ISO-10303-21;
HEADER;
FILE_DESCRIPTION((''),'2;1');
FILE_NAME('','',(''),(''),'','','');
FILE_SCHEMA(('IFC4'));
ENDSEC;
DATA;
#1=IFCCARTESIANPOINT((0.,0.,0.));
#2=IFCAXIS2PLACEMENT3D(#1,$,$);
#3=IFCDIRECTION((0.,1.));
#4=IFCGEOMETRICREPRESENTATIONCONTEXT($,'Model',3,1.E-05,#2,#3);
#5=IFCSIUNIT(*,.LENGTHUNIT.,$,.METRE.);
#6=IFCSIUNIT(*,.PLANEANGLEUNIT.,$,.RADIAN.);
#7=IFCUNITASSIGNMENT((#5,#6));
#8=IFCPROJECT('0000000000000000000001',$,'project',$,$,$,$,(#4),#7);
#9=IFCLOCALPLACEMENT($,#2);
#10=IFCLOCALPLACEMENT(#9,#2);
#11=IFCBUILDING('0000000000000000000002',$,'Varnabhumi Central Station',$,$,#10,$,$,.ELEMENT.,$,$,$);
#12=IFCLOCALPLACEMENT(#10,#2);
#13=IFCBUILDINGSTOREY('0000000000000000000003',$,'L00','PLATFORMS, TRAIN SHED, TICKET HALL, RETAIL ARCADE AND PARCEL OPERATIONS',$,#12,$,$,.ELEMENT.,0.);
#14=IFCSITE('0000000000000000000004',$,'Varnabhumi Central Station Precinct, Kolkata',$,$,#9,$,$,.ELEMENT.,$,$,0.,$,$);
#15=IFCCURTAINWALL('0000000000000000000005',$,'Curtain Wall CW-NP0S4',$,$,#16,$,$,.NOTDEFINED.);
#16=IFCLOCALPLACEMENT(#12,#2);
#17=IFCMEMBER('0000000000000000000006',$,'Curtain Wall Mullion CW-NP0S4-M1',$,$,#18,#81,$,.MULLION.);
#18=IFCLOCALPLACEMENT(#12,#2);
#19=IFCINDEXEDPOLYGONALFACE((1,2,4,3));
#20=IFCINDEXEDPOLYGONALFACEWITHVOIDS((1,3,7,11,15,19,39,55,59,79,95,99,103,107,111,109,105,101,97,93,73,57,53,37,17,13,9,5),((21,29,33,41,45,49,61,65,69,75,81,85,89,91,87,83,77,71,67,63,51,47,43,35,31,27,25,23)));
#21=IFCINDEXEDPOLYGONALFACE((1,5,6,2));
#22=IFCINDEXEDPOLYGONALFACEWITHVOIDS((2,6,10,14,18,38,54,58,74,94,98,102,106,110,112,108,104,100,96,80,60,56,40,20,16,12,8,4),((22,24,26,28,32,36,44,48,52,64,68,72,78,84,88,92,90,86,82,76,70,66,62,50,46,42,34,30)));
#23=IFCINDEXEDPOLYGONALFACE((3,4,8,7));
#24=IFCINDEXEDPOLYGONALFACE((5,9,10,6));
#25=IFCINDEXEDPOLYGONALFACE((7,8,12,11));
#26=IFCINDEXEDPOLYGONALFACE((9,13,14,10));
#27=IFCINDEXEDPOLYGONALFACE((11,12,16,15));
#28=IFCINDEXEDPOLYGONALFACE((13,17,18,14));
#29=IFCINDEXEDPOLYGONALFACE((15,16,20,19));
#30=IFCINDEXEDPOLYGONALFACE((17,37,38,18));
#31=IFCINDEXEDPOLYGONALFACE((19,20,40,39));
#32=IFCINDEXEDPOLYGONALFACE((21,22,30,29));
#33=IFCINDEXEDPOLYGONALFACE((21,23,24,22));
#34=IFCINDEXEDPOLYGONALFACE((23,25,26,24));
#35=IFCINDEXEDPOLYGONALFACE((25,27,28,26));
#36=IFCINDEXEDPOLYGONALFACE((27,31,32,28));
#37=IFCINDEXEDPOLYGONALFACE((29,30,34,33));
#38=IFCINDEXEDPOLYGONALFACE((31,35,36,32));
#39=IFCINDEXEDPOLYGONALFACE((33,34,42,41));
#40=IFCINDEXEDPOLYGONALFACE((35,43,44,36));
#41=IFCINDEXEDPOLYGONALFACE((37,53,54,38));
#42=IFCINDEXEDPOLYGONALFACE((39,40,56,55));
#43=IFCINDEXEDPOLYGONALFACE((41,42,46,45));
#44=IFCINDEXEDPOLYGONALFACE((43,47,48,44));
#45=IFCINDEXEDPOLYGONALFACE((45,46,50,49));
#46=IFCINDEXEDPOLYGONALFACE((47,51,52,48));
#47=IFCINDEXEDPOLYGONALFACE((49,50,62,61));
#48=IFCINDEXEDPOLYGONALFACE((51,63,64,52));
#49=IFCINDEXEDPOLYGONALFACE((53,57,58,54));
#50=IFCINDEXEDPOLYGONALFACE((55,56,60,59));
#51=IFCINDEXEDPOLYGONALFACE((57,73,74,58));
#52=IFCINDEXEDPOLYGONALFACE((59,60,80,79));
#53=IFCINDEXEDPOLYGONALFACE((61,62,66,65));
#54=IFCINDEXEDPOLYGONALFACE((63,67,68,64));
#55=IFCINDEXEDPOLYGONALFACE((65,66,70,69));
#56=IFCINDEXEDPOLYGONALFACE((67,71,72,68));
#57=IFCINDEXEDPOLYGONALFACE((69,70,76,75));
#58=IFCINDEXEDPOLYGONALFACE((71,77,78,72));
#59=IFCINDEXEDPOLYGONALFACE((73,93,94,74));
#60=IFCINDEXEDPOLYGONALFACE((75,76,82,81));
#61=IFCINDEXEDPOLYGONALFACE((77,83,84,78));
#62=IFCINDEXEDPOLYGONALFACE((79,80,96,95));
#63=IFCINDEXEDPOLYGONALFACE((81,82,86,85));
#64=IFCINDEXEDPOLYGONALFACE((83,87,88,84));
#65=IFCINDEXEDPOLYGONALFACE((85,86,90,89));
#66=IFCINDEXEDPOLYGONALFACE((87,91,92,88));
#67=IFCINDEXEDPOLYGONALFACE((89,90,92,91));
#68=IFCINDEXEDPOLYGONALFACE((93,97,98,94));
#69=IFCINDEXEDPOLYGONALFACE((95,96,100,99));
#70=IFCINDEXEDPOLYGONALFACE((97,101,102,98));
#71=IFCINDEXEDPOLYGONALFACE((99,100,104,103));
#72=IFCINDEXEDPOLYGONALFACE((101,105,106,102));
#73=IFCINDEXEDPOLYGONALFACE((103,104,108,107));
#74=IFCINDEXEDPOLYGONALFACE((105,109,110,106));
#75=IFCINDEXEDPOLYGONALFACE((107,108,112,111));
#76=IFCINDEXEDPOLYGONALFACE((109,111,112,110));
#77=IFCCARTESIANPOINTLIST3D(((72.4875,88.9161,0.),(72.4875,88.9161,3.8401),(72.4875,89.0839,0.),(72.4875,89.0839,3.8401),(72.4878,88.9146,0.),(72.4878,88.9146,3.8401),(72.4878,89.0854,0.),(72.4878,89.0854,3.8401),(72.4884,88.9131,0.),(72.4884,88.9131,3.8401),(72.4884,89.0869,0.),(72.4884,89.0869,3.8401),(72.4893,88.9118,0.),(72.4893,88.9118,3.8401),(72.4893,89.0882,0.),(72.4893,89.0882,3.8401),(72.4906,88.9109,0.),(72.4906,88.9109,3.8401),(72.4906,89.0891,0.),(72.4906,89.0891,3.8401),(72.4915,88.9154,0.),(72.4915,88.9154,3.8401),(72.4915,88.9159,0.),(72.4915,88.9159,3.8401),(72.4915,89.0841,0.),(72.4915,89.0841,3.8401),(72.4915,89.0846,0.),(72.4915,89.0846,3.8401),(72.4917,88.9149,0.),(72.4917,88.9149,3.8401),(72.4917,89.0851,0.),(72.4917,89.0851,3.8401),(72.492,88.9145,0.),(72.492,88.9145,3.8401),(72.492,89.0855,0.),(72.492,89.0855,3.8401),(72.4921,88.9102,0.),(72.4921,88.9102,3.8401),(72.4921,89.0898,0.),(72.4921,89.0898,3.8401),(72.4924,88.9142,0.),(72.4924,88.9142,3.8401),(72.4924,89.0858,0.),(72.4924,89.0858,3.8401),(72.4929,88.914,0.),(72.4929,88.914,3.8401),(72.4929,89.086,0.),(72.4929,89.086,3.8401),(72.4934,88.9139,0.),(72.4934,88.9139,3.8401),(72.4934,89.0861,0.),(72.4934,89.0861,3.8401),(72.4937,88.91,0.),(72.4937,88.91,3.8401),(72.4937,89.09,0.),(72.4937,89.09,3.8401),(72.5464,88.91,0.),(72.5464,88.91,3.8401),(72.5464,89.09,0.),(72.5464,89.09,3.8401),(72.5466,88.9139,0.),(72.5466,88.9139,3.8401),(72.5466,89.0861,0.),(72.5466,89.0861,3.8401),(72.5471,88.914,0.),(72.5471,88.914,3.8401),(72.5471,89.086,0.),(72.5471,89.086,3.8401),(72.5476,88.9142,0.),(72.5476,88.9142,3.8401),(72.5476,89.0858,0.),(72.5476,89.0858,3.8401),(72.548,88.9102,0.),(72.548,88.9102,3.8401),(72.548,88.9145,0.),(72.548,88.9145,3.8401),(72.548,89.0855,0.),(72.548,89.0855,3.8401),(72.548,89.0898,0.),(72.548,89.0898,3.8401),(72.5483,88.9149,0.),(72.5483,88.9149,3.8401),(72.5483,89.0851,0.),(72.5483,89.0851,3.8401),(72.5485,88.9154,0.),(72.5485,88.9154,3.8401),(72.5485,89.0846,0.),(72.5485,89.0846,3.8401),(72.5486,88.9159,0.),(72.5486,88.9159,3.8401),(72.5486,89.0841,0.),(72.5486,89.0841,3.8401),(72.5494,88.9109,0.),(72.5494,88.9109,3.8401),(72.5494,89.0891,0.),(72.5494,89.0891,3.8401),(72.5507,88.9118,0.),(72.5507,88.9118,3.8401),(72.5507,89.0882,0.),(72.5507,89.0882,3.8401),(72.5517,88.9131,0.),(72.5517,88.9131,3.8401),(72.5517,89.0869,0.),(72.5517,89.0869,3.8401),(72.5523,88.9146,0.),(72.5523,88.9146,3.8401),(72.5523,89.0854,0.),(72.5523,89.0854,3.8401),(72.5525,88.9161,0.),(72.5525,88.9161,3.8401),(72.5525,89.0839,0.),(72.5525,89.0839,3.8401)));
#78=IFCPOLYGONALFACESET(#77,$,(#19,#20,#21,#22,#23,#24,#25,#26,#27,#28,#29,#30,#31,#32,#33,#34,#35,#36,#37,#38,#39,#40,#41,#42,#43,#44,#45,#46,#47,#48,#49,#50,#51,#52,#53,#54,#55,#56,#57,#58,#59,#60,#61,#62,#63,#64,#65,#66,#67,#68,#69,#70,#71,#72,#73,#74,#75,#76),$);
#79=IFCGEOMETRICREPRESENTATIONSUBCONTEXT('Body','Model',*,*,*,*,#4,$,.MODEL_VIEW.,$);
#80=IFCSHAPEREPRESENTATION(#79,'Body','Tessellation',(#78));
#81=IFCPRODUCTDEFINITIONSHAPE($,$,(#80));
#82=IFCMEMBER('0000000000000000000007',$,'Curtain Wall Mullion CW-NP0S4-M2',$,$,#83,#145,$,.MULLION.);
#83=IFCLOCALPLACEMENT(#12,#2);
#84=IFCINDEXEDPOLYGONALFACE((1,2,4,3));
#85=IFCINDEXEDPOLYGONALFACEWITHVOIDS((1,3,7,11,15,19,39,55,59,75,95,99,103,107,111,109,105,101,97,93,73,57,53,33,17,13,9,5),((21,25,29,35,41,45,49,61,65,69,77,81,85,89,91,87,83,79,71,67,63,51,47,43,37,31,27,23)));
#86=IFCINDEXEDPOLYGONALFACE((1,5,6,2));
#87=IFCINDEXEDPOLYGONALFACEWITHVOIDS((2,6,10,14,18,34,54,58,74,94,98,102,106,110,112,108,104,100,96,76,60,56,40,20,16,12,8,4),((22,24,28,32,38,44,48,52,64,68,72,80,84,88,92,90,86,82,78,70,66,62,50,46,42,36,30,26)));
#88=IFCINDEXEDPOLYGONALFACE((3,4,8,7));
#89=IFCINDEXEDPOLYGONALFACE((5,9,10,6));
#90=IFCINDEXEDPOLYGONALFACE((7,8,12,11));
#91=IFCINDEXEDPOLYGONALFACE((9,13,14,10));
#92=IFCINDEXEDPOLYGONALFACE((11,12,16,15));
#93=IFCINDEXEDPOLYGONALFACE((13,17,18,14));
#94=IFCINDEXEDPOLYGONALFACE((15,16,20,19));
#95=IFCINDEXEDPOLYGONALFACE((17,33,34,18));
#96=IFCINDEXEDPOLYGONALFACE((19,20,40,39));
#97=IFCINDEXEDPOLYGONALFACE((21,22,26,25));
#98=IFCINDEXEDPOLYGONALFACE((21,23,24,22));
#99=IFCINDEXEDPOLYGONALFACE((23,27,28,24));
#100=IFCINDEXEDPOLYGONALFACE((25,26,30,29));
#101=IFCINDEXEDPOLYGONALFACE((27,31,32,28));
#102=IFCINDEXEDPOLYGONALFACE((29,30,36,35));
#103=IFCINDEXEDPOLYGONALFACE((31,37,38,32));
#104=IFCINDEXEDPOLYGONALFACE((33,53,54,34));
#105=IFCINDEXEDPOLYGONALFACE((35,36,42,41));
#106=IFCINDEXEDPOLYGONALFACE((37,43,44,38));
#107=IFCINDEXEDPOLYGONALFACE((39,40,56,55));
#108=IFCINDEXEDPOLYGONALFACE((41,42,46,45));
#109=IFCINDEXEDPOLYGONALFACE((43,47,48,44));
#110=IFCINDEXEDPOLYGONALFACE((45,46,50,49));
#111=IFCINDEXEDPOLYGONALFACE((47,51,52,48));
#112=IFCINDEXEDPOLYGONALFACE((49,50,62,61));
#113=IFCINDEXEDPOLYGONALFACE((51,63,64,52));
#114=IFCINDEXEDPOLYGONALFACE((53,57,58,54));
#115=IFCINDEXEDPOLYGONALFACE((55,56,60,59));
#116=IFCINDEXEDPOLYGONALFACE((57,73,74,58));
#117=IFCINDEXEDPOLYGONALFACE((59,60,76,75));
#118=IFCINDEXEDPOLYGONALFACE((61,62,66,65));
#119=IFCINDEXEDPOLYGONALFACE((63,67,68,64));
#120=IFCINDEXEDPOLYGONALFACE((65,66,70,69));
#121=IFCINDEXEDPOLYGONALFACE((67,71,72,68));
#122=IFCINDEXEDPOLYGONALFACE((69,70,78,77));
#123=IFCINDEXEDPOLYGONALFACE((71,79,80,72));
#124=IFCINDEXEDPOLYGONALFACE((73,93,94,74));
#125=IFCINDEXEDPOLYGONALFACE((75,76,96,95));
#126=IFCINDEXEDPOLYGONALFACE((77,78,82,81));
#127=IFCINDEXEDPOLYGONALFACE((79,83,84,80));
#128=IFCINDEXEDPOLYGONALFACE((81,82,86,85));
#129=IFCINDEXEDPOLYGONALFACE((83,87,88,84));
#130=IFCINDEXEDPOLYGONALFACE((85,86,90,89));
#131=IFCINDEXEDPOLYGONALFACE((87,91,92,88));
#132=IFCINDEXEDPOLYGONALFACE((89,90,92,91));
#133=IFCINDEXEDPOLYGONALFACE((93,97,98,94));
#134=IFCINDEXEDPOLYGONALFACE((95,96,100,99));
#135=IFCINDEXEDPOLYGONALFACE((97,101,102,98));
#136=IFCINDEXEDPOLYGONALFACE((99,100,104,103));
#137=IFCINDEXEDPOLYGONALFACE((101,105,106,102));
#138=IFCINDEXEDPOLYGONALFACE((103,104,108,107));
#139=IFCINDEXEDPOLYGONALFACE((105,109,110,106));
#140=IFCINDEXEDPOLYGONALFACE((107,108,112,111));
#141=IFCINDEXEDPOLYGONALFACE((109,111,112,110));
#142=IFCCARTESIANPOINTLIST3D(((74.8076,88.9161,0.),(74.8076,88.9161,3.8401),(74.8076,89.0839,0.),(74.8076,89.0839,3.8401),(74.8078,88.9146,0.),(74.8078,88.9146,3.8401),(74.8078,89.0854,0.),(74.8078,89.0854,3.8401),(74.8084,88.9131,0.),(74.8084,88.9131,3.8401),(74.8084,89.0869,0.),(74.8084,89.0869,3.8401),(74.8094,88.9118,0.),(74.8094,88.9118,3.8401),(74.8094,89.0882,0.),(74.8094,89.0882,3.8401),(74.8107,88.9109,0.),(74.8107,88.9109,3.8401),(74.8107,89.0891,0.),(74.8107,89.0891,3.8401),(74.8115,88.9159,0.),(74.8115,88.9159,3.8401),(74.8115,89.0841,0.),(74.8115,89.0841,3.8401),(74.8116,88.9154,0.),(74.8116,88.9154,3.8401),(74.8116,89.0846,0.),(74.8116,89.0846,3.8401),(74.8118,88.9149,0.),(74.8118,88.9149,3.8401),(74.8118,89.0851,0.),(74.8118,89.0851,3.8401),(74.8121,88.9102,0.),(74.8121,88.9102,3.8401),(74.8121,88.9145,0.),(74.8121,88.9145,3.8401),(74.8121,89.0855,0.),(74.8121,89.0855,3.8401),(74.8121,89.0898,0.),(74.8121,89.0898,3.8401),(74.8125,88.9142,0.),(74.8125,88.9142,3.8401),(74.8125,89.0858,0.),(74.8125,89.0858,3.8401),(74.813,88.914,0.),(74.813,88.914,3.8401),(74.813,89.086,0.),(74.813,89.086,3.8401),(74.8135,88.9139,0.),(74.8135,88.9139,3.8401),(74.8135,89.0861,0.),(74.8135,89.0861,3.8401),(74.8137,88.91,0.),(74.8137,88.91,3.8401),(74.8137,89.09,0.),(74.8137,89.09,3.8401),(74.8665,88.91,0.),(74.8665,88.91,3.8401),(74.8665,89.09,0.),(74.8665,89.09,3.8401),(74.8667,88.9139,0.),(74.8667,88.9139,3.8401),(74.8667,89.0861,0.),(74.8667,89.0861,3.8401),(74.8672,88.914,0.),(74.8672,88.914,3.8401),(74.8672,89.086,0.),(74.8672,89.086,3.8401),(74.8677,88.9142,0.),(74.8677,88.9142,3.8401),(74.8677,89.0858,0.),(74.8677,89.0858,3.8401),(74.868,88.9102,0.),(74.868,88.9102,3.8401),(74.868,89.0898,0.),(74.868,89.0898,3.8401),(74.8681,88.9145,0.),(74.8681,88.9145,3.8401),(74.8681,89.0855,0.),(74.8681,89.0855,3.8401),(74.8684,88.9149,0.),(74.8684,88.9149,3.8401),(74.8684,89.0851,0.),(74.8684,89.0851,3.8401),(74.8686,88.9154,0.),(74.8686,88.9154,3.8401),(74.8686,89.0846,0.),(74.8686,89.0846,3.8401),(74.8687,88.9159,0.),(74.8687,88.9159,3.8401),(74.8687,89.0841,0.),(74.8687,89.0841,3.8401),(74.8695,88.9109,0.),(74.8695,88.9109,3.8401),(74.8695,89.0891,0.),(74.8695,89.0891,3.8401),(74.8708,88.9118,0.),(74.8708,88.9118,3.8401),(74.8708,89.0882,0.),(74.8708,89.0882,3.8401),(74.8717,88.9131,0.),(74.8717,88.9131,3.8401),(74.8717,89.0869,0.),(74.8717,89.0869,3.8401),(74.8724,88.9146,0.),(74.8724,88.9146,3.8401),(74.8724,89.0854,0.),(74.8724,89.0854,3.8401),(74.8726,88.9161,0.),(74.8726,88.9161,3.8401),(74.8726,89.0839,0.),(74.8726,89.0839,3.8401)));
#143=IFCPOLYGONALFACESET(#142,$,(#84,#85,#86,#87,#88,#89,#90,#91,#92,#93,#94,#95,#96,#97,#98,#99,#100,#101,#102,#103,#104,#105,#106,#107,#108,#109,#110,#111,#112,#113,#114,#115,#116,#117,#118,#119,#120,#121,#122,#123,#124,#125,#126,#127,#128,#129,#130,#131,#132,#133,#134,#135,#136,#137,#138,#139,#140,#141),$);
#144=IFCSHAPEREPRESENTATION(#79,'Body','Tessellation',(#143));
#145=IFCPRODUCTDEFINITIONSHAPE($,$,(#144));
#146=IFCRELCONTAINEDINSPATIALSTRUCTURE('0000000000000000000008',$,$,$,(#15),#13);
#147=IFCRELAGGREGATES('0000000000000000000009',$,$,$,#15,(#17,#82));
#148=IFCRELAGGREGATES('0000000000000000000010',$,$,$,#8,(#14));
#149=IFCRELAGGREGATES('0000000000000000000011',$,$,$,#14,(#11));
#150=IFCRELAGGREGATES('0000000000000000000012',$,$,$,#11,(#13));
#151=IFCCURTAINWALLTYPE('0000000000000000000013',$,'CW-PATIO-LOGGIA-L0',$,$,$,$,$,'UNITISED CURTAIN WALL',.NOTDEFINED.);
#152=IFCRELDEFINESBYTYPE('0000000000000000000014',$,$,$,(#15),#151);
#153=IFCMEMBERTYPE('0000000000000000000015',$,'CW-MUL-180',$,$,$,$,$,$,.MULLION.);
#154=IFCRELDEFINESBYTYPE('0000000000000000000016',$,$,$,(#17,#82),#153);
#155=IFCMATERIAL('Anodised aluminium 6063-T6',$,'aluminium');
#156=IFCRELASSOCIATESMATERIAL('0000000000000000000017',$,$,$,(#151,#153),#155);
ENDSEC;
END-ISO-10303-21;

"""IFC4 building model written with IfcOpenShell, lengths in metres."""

from ifc_helpers import new_model, si_unit, direction, frame, origin, origin_2d, place, context, subcontext, project, spatial, hollow_rectangle, extrude, material, material_profile, profile_set, type_object, element, aggregate, save


model = new_model("IFC4")

# Units and contexts
model_context = context("Model", 3, precision=1e-05, world=origin(), true_north=direction((0.0, 1.0)))
body_context = subcontext(model_context, "Body", "Model", "MODEL_VIEW")
ifc_project = project(units=[si_unit("LENGTHUNIT", "METRE"), si_unit("PLANEANGLEUNIT", "RADIAN")], contexts=[model_context])

# Site, building, storey
site_placement = place(None, origin())
site = spatial("IfcSite", under=ifc_project, at=site_placement, Name="Varnabhumi Central Station Precinct, Kolkata", CompositionType="ELEMENT", RefElevation=0.0)
building_placement = place(site_placement, origin())
building = spatial("IfcBuilding", under=site, at=building_placement, Name="Varnabhumi Central Station", CompositionType="ELEMENT")
storey_placement = place(building_placement, origin())
storey = spatial("IfcBuildingStorey", under=building, at=storey_placement, Name="L00", Description="PLATFORMS, TRAIN SHED, TICKET HALL, RETAIL ARCADE AND PARCEL OPERATIONS", CompositionType="ELEMENT", Elevation=0.0)

# Curtain wall, members
ifc_material_1 = material(Name="Anodised aluminium 6063-T6", Category="aluminium")
curtain_wall_type = type_object("IfcCurtainWallType", Name="CW-PATIO-LOGGIA-L0", ElementType="UNITISED CURTAIN WALL", PredefinedType="NOTDEFINED", material=ifc_material_1)
ifc_material_profile_1 = material_profile(ifc_material_1, hollow_rectangle(XDim=0.0649, YDim=0.1799, WallThickness=0.0039, InnerFilletRadius=0.002, OuterFilletRadius=0.0061, at=origin_2d()), Name="Anodised aluminium 6063-T6", Category="aluminium")
ifc_profile_set_1 = profile_set([ifc_material_profile_1], Name="Anodised aluminium 6063-T6")
member_type_1 = type_object("IfcMemberType", Name="CW-MUL-180", PredefinedType="MULLION", material=ifc_profile_set_1)
curtain_wall_1_placement = place(storey_placement, origin())
curtain_wall_1 = element("IfcCurtainWall", 1, at=curtain_wall_1_placement, inside=storey, type_object=curtain_wall_type, Name="Curtain Wall CW-NP0S4", PredefinedType="NOTDEFINED")
member_1_placement = place(storey_placement, frame((72.52, 89.0, 0.0), z_axis=(0.0, 0.0, 1.0), x_axis=(1.0, 0.0, 0.0)))
member_1 = element("IfcMember", 2, at=member_1_placement, type_object=member_type_1, Name="Curtain Wall Mullion CW-NP0S4-M1", PredefinedType="MULLION", context=body_context, shape_type="SweptSolid", body=[
    extrude(hollow_rectangle(XDim=0.0649, YDim=0.1799, WallThickness=0.0039, InnerFilletRadius=0.002, OuterFilletRadius=0.0061, at=origin_2d()), origin(), (0.0, 0.0, 1.0), 3.8401),
])
member_2_placement = place(storey_placement, frame((74.8401, 89.0, 0.0), z_axis=(0.0, 0.0, 1.0), x_axis=(1.0, 0.0, 0.0)))
member_2 = element("IfcMember", 3, at=member_2_placement, type_object=member_type_1, Name="Curtain Wall Mullion CW-NP0S4-M2", PredefinedType="MULLION", context=body_context, shape_type="SweptSolid", body=[
    extrude(hollow_rectangle(XDim=0.0649, YDim=0.1799, WallThickness=0.0039, InnerFilletRadius=0.002, OuterFilletRadius=0.0061, at=origin_2d()), origin(), (0.0, 0.0, 1.0), 3.8401),
])

aggregate(curtain_wall_1, [member_1, member_2])

save(model, "model.ifc")
